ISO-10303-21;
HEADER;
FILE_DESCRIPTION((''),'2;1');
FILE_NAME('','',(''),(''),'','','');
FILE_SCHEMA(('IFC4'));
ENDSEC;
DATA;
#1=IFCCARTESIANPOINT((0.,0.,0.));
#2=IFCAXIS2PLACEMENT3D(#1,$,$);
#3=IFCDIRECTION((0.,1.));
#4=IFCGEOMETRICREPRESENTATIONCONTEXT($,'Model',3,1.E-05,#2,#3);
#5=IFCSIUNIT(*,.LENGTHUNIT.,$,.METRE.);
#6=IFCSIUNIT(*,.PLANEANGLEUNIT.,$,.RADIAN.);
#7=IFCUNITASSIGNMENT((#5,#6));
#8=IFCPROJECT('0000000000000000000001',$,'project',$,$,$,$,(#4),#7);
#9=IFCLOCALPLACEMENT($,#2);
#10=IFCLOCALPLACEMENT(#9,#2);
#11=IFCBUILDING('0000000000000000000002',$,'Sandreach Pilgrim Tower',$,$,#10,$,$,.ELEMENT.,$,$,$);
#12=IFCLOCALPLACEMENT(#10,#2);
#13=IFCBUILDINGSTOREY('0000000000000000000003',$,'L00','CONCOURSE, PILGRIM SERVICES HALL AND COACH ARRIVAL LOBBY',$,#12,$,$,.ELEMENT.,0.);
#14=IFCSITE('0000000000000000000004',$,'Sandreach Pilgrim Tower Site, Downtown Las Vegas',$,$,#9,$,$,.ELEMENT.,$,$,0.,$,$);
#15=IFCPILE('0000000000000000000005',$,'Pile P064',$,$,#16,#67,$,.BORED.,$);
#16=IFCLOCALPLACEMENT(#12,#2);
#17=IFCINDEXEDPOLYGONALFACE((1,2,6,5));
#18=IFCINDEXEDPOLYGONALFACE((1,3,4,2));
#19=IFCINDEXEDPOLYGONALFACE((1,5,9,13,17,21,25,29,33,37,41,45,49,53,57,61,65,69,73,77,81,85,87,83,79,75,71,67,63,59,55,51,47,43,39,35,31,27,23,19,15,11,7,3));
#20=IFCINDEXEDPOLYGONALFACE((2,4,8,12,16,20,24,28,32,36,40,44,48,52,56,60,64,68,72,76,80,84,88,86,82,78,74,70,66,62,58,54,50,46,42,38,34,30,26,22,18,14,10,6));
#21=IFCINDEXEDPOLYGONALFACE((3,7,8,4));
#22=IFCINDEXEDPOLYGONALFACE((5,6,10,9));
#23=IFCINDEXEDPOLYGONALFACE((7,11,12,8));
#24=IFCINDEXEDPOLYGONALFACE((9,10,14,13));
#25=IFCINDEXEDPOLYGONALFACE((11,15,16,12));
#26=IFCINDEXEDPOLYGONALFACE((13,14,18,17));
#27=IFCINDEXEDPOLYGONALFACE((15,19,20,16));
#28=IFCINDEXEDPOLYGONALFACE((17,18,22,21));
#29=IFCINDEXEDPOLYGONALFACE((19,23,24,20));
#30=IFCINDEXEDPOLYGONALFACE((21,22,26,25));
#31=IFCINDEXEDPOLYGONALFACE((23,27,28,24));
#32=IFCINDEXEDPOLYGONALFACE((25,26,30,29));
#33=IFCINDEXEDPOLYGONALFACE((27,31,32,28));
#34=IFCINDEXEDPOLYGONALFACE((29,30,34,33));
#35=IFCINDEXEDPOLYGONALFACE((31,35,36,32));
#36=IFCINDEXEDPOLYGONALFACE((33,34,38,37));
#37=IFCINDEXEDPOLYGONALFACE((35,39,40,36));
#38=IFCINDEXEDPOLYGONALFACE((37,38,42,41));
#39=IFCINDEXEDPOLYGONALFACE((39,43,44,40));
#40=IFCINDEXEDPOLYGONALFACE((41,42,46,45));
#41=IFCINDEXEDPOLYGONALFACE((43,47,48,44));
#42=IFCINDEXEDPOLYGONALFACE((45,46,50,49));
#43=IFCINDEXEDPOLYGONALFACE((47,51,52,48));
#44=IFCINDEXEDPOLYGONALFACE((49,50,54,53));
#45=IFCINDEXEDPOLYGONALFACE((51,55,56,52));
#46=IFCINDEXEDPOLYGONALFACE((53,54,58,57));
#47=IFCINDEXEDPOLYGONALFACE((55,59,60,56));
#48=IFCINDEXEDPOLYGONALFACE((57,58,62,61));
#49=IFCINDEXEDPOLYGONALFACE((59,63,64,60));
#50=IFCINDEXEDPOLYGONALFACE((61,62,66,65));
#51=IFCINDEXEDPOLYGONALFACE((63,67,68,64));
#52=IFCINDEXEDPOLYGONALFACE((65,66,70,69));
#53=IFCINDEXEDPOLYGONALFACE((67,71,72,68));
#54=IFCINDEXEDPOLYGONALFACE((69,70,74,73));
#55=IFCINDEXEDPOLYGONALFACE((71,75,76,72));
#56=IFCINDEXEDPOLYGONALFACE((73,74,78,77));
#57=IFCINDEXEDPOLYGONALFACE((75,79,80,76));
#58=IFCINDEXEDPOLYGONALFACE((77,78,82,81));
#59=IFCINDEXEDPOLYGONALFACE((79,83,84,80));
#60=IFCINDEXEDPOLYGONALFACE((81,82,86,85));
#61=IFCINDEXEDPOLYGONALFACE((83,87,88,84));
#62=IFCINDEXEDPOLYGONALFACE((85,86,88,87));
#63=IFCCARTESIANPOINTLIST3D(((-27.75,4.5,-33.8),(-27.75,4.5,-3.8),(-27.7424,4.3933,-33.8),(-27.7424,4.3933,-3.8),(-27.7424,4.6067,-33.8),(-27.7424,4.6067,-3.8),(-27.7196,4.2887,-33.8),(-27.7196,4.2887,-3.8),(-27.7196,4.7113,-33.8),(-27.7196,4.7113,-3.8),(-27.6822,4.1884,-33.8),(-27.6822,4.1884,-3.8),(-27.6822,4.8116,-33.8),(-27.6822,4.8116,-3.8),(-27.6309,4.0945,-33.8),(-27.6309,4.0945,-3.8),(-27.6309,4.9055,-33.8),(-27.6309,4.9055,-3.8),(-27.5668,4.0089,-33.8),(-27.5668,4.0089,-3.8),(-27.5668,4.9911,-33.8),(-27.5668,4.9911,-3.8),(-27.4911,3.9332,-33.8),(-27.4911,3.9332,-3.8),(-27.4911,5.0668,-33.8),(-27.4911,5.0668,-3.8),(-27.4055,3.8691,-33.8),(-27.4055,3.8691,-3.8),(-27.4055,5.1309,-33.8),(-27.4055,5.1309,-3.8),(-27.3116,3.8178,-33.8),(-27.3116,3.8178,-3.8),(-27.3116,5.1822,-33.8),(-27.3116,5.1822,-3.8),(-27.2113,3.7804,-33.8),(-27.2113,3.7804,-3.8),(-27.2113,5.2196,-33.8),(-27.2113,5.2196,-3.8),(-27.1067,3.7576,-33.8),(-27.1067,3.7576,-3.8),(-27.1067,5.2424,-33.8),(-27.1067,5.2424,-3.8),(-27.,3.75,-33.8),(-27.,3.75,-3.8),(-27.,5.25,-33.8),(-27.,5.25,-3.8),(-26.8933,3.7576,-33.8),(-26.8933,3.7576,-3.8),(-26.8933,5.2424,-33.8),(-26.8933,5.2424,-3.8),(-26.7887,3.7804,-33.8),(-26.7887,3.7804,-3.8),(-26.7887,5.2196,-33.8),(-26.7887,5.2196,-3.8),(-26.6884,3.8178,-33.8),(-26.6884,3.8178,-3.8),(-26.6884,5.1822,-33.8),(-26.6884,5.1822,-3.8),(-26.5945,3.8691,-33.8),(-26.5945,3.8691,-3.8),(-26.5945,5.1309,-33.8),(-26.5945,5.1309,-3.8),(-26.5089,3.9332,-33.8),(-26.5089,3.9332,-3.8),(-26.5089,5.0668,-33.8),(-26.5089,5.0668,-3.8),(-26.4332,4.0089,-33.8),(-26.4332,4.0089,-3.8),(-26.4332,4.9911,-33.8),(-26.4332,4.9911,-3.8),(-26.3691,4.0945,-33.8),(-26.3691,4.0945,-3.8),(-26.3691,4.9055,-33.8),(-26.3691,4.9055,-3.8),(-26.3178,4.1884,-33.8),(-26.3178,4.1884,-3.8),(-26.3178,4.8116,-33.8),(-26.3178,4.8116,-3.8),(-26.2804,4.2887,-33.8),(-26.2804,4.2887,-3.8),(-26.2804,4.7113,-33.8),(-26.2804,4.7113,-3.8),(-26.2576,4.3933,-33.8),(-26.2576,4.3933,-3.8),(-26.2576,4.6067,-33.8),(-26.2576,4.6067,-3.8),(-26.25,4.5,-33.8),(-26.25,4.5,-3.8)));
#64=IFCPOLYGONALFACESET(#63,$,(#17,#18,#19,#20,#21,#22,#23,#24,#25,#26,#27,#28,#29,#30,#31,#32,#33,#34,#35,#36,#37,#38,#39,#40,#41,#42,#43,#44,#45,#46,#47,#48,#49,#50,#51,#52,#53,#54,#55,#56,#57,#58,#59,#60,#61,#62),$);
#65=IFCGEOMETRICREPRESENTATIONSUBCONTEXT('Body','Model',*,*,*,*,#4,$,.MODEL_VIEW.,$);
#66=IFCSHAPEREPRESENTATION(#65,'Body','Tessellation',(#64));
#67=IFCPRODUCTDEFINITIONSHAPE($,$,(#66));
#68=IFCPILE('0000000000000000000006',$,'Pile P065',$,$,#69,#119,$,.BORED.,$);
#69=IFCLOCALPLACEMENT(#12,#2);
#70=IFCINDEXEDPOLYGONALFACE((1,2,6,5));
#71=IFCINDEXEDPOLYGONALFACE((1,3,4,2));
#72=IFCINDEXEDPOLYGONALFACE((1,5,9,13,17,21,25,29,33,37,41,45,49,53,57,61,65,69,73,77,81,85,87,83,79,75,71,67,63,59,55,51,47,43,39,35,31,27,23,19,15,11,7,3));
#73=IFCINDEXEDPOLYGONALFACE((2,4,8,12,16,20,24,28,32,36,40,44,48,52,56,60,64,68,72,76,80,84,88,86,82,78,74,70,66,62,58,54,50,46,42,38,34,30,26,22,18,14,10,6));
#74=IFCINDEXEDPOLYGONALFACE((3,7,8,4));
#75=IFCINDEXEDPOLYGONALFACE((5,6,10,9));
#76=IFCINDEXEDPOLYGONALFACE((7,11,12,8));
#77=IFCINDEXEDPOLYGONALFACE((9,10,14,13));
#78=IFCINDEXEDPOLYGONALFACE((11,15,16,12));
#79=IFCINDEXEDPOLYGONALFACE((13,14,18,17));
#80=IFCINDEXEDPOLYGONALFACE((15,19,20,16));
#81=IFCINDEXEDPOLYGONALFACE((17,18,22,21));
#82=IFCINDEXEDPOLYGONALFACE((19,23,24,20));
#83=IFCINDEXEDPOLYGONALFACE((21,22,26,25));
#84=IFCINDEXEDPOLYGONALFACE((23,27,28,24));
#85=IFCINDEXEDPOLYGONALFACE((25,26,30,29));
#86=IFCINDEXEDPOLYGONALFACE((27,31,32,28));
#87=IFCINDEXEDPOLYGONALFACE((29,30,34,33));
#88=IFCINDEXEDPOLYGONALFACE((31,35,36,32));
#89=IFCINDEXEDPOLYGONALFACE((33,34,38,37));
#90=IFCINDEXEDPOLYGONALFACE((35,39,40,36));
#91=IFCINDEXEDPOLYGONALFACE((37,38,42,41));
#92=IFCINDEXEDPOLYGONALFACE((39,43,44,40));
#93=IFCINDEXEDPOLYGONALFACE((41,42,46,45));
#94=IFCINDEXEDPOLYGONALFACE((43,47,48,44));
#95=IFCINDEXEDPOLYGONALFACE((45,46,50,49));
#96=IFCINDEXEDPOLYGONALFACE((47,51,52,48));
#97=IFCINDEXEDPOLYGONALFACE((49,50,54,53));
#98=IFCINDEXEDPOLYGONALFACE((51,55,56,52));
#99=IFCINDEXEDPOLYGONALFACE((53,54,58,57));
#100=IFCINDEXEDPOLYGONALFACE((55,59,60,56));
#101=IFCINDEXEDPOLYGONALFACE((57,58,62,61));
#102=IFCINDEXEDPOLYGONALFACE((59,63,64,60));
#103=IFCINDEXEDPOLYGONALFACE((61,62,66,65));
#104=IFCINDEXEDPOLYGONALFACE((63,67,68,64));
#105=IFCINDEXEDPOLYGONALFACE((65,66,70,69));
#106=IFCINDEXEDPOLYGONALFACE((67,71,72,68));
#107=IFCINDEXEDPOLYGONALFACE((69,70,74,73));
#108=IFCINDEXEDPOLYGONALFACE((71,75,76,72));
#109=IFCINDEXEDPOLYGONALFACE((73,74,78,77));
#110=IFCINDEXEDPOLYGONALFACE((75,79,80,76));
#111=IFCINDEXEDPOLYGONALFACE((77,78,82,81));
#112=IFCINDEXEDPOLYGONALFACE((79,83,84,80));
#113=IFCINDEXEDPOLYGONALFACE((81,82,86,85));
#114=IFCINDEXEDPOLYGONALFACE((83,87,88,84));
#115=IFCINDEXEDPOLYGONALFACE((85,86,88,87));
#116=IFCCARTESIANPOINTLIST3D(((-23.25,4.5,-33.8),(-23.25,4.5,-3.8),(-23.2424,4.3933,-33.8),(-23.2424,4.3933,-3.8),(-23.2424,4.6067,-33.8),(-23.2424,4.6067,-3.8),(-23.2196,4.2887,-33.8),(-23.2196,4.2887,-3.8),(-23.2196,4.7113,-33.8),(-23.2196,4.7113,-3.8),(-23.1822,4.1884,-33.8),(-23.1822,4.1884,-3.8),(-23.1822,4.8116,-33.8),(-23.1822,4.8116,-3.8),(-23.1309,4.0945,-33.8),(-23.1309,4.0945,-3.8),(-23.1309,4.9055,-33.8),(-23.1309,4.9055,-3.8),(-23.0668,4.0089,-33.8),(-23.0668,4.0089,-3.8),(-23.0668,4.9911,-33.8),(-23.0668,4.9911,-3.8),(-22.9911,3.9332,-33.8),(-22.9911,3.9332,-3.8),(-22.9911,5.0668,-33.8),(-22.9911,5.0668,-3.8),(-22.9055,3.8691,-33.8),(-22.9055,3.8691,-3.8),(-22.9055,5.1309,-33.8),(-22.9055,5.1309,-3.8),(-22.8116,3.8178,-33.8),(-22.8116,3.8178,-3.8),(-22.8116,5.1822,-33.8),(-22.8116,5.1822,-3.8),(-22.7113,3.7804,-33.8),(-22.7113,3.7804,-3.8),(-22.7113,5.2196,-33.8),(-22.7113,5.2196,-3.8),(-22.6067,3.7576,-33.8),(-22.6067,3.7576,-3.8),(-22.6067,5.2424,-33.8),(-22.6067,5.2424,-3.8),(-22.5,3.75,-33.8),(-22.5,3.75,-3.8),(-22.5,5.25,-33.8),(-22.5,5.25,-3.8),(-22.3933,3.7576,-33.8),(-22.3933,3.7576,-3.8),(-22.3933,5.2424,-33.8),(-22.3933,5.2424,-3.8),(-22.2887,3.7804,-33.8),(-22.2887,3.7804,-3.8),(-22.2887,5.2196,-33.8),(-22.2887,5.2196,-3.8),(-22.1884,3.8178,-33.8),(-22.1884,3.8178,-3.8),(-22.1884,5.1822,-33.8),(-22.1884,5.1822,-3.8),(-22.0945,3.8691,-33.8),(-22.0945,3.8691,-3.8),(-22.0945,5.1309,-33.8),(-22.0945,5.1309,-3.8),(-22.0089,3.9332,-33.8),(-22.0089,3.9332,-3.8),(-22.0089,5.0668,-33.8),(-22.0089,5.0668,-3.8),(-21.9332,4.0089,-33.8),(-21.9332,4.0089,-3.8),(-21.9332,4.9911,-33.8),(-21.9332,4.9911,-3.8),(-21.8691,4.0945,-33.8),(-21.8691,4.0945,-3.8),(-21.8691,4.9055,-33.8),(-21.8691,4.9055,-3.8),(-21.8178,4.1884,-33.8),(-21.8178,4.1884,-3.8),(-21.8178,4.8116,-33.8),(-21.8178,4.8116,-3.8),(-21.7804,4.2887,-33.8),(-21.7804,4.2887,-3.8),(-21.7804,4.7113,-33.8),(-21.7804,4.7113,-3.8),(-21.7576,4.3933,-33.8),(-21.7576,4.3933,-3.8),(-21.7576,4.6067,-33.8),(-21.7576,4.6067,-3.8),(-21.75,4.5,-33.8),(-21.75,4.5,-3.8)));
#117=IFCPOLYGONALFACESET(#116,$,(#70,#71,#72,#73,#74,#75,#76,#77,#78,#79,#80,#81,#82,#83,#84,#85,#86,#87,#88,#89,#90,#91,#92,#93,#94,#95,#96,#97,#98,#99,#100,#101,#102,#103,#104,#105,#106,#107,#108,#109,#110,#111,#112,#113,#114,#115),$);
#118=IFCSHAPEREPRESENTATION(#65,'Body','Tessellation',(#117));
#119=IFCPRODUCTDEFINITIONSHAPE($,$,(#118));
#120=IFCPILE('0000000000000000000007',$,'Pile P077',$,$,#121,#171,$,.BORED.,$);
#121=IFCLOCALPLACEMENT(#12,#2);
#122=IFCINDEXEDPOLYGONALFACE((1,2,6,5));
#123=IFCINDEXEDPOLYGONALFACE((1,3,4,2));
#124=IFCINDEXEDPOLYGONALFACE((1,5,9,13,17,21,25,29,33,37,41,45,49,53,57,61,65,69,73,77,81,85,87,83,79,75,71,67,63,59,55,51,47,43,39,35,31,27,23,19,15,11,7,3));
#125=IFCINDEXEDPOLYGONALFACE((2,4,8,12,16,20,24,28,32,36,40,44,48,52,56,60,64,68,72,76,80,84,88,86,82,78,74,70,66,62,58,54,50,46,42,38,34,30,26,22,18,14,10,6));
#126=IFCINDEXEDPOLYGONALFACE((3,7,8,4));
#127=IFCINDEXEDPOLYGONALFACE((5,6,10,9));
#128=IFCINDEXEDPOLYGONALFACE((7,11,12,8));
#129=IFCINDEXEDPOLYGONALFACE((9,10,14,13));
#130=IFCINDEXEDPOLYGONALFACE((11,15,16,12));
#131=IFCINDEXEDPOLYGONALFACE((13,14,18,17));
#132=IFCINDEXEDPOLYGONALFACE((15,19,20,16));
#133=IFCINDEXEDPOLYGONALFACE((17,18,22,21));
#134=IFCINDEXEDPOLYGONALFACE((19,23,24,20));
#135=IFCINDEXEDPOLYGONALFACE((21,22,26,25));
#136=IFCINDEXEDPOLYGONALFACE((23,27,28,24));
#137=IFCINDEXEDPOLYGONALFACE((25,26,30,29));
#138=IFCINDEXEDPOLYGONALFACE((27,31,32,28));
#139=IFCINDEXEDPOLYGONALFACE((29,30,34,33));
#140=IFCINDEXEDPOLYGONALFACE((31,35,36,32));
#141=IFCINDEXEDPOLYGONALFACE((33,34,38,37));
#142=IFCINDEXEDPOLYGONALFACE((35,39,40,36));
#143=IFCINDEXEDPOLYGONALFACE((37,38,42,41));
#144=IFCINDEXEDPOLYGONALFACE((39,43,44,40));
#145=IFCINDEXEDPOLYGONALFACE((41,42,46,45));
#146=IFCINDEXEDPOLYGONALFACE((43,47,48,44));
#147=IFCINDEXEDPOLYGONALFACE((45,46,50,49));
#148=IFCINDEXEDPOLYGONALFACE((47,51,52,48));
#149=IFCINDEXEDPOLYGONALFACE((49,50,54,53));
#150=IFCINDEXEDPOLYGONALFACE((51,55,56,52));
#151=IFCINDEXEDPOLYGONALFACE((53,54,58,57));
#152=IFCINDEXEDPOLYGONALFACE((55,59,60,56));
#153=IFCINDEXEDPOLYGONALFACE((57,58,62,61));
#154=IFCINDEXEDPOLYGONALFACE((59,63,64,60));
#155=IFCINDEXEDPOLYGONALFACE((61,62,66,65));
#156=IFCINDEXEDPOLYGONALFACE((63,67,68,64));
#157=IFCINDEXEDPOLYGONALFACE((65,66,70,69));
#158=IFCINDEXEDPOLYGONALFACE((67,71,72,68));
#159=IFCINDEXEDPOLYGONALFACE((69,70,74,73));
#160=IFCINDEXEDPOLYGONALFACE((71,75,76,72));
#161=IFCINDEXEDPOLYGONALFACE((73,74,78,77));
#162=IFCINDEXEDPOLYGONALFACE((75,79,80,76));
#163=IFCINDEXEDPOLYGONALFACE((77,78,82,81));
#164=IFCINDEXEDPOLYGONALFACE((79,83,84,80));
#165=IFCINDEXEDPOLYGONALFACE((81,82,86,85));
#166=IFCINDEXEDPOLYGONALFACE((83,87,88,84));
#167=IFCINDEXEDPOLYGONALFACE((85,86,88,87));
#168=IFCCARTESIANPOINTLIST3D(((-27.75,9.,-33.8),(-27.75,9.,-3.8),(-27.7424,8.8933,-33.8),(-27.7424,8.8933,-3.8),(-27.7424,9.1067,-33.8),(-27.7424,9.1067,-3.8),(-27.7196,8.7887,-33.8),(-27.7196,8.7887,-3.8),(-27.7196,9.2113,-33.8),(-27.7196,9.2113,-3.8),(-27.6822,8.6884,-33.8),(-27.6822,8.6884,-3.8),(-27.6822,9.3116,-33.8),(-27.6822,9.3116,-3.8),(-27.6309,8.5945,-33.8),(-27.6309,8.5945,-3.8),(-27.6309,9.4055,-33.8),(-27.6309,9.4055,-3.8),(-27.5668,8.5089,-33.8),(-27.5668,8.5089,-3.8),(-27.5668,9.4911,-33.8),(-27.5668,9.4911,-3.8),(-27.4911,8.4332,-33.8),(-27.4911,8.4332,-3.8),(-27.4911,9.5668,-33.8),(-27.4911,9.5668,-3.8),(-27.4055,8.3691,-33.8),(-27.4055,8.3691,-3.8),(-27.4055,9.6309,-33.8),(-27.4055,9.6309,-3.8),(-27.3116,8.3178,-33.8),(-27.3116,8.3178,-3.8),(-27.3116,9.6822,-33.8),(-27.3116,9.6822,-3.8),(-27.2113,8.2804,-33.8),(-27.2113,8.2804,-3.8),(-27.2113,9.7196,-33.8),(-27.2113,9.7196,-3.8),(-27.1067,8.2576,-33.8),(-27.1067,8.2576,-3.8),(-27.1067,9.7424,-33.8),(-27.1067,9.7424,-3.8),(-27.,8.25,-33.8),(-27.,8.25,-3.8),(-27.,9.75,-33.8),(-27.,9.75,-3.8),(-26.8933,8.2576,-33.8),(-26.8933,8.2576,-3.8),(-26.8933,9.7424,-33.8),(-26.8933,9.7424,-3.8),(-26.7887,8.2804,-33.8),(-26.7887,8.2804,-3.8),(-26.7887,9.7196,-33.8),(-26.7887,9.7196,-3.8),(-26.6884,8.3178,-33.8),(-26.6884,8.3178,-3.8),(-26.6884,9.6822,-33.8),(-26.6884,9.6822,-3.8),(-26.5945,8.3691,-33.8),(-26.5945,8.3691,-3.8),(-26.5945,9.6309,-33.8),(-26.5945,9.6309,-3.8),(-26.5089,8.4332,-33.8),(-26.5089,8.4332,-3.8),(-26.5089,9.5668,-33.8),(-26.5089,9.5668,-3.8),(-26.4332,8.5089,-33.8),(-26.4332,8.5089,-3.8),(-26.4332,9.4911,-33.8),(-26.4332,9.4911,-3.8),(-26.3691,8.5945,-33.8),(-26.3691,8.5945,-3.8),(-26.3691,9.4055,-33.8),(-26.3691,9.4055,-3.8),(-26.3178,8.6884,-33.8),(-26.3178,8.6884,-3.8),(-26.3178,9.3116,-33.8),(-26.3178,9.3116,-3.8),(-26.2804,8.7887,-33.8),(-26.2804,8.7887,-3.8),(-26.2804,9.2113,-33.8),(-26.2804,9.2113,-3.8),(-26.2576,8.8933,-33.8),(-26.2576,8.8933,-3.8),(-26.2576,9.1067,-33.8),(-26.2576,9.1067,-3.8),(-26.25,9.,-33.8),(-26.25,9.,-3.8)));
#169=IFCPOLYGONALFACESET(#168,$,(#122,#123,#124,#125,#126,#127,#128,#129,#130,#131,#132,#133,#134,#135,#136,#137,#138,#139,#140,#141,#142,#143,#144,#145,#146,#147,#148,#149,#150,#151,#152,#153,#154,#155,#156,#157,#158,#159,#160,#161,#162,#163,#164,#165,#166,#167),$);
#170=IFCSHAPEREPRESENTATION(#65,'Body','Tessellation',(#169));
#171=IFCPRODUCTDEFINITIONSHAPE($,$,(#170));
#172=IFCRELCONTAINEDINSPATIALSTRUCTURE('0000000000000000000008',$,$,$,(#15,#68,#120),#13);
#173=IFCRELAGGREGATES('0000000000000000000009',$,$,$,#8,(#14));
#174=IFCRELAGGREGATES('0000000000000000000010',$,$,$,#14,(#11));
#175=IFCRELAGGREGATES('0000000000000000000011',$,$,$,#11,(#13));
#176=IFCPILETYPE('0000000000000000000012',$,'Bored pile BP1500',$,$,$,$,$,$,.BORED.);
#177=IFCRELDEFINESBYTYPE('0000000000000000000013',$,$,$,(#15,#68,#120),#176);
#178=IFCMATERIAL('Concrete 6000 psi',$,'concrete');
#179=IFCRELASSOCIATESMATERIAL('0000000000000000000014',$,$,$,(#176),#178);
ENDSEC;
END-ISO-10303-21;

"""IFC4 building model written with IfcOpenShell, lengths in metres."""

from ifc_helpers import new_model, si_unit, direction, frame, origin, origin_2d, place, context, subcontext, project, spatial, circle, extrude, material, material_profile, profile_set, type_object, element, save


model = new_model("IFC4")

# Units and contexts
model_context = context("Model", 3, precision=1e-05, world=origin(), true_north=direction((0.0, 1.0)))
body_context = subcontext(model_context, "Body", "Model", "MODEL_VIEW")
ifc_project = project(units=[si_unit("LENGTHUNIT", "METRE"), si_unit("PLANEANGLEUNIT", "RADIAN")], contexts=[model_context])

# Site, building, storey
site_placement = place(None, origin())
site = spatial("IfcSite", under=ifc_project, at=site_placement, Name="Sandreach Pilgrim Tower Site, Downtown Las Vegas", CompositionType="ELEMENT", RefElevation=0.0)
building_placement = place(site_placement, origin())
building = spatial("IfcBuilding", under=site, at=building_placement, Name="Sandreach Pilgrim Tower", CompositionType="ELEMENT")
storey_placement = place(building_placement, origin())
storey = spatial("IfcBuildingStorey", under=building, at=storey_placement, Name="L00", Description="CONCOURSE, PILGRIM SERVICES HALL AND COACH ARRIVAL LOBBY", CompositionType="ELEMENT", Elevation=0.0)

# Piles
ifc_material_1 = material(Name="Concrete 6000 psi", Category="concrete")
ifc_material_profile_1 = material_profile(ifc_material_1, circle(Radius=0.75, at=origin_2d()), Name="BP1500")
ifc_profile_set_1 = profile_set([ifc_material_profile_1], Name="Concrete 6000 psi")
pile_type = type_object("IfcPileType", Name="Bored pile BP1500", PredefinedType="BORED", material=ifc_profile_set_1)
for number, where, z_axis, x_axis, name in (
    (1, (-27.0, 4.5, -3.8), (0.0, 0.0, -1.0), (1.0, 0.0, 0.0), "Pile P064"),
    (2, (-22.5, 4.5, -3.8), (0.0, 0.0, -1.0), (1.0, 0.0, 0.0), "Pile P065"),
    (3, (-27.0, 9.0, -3.8), (0.0, 0.0, -1.0), (1.0, 0.0, 0.0), "Pile P077"),
):
    element("IfcPile", number, at=place(storey_placement, frame(where, z_axis=z_axis, x_axis=x_axis)), inside=storey, type_object=pile_type, Name=name, PredefinedType="BORED", context=body_context, shape_type="SweptSolid", body=[
        extrude(circle(Radius=0.75, at=origin_2d()), origin(), (0.0, 0.0, 1.0), 30.0),
    ])

save(model, "model.ifc")
